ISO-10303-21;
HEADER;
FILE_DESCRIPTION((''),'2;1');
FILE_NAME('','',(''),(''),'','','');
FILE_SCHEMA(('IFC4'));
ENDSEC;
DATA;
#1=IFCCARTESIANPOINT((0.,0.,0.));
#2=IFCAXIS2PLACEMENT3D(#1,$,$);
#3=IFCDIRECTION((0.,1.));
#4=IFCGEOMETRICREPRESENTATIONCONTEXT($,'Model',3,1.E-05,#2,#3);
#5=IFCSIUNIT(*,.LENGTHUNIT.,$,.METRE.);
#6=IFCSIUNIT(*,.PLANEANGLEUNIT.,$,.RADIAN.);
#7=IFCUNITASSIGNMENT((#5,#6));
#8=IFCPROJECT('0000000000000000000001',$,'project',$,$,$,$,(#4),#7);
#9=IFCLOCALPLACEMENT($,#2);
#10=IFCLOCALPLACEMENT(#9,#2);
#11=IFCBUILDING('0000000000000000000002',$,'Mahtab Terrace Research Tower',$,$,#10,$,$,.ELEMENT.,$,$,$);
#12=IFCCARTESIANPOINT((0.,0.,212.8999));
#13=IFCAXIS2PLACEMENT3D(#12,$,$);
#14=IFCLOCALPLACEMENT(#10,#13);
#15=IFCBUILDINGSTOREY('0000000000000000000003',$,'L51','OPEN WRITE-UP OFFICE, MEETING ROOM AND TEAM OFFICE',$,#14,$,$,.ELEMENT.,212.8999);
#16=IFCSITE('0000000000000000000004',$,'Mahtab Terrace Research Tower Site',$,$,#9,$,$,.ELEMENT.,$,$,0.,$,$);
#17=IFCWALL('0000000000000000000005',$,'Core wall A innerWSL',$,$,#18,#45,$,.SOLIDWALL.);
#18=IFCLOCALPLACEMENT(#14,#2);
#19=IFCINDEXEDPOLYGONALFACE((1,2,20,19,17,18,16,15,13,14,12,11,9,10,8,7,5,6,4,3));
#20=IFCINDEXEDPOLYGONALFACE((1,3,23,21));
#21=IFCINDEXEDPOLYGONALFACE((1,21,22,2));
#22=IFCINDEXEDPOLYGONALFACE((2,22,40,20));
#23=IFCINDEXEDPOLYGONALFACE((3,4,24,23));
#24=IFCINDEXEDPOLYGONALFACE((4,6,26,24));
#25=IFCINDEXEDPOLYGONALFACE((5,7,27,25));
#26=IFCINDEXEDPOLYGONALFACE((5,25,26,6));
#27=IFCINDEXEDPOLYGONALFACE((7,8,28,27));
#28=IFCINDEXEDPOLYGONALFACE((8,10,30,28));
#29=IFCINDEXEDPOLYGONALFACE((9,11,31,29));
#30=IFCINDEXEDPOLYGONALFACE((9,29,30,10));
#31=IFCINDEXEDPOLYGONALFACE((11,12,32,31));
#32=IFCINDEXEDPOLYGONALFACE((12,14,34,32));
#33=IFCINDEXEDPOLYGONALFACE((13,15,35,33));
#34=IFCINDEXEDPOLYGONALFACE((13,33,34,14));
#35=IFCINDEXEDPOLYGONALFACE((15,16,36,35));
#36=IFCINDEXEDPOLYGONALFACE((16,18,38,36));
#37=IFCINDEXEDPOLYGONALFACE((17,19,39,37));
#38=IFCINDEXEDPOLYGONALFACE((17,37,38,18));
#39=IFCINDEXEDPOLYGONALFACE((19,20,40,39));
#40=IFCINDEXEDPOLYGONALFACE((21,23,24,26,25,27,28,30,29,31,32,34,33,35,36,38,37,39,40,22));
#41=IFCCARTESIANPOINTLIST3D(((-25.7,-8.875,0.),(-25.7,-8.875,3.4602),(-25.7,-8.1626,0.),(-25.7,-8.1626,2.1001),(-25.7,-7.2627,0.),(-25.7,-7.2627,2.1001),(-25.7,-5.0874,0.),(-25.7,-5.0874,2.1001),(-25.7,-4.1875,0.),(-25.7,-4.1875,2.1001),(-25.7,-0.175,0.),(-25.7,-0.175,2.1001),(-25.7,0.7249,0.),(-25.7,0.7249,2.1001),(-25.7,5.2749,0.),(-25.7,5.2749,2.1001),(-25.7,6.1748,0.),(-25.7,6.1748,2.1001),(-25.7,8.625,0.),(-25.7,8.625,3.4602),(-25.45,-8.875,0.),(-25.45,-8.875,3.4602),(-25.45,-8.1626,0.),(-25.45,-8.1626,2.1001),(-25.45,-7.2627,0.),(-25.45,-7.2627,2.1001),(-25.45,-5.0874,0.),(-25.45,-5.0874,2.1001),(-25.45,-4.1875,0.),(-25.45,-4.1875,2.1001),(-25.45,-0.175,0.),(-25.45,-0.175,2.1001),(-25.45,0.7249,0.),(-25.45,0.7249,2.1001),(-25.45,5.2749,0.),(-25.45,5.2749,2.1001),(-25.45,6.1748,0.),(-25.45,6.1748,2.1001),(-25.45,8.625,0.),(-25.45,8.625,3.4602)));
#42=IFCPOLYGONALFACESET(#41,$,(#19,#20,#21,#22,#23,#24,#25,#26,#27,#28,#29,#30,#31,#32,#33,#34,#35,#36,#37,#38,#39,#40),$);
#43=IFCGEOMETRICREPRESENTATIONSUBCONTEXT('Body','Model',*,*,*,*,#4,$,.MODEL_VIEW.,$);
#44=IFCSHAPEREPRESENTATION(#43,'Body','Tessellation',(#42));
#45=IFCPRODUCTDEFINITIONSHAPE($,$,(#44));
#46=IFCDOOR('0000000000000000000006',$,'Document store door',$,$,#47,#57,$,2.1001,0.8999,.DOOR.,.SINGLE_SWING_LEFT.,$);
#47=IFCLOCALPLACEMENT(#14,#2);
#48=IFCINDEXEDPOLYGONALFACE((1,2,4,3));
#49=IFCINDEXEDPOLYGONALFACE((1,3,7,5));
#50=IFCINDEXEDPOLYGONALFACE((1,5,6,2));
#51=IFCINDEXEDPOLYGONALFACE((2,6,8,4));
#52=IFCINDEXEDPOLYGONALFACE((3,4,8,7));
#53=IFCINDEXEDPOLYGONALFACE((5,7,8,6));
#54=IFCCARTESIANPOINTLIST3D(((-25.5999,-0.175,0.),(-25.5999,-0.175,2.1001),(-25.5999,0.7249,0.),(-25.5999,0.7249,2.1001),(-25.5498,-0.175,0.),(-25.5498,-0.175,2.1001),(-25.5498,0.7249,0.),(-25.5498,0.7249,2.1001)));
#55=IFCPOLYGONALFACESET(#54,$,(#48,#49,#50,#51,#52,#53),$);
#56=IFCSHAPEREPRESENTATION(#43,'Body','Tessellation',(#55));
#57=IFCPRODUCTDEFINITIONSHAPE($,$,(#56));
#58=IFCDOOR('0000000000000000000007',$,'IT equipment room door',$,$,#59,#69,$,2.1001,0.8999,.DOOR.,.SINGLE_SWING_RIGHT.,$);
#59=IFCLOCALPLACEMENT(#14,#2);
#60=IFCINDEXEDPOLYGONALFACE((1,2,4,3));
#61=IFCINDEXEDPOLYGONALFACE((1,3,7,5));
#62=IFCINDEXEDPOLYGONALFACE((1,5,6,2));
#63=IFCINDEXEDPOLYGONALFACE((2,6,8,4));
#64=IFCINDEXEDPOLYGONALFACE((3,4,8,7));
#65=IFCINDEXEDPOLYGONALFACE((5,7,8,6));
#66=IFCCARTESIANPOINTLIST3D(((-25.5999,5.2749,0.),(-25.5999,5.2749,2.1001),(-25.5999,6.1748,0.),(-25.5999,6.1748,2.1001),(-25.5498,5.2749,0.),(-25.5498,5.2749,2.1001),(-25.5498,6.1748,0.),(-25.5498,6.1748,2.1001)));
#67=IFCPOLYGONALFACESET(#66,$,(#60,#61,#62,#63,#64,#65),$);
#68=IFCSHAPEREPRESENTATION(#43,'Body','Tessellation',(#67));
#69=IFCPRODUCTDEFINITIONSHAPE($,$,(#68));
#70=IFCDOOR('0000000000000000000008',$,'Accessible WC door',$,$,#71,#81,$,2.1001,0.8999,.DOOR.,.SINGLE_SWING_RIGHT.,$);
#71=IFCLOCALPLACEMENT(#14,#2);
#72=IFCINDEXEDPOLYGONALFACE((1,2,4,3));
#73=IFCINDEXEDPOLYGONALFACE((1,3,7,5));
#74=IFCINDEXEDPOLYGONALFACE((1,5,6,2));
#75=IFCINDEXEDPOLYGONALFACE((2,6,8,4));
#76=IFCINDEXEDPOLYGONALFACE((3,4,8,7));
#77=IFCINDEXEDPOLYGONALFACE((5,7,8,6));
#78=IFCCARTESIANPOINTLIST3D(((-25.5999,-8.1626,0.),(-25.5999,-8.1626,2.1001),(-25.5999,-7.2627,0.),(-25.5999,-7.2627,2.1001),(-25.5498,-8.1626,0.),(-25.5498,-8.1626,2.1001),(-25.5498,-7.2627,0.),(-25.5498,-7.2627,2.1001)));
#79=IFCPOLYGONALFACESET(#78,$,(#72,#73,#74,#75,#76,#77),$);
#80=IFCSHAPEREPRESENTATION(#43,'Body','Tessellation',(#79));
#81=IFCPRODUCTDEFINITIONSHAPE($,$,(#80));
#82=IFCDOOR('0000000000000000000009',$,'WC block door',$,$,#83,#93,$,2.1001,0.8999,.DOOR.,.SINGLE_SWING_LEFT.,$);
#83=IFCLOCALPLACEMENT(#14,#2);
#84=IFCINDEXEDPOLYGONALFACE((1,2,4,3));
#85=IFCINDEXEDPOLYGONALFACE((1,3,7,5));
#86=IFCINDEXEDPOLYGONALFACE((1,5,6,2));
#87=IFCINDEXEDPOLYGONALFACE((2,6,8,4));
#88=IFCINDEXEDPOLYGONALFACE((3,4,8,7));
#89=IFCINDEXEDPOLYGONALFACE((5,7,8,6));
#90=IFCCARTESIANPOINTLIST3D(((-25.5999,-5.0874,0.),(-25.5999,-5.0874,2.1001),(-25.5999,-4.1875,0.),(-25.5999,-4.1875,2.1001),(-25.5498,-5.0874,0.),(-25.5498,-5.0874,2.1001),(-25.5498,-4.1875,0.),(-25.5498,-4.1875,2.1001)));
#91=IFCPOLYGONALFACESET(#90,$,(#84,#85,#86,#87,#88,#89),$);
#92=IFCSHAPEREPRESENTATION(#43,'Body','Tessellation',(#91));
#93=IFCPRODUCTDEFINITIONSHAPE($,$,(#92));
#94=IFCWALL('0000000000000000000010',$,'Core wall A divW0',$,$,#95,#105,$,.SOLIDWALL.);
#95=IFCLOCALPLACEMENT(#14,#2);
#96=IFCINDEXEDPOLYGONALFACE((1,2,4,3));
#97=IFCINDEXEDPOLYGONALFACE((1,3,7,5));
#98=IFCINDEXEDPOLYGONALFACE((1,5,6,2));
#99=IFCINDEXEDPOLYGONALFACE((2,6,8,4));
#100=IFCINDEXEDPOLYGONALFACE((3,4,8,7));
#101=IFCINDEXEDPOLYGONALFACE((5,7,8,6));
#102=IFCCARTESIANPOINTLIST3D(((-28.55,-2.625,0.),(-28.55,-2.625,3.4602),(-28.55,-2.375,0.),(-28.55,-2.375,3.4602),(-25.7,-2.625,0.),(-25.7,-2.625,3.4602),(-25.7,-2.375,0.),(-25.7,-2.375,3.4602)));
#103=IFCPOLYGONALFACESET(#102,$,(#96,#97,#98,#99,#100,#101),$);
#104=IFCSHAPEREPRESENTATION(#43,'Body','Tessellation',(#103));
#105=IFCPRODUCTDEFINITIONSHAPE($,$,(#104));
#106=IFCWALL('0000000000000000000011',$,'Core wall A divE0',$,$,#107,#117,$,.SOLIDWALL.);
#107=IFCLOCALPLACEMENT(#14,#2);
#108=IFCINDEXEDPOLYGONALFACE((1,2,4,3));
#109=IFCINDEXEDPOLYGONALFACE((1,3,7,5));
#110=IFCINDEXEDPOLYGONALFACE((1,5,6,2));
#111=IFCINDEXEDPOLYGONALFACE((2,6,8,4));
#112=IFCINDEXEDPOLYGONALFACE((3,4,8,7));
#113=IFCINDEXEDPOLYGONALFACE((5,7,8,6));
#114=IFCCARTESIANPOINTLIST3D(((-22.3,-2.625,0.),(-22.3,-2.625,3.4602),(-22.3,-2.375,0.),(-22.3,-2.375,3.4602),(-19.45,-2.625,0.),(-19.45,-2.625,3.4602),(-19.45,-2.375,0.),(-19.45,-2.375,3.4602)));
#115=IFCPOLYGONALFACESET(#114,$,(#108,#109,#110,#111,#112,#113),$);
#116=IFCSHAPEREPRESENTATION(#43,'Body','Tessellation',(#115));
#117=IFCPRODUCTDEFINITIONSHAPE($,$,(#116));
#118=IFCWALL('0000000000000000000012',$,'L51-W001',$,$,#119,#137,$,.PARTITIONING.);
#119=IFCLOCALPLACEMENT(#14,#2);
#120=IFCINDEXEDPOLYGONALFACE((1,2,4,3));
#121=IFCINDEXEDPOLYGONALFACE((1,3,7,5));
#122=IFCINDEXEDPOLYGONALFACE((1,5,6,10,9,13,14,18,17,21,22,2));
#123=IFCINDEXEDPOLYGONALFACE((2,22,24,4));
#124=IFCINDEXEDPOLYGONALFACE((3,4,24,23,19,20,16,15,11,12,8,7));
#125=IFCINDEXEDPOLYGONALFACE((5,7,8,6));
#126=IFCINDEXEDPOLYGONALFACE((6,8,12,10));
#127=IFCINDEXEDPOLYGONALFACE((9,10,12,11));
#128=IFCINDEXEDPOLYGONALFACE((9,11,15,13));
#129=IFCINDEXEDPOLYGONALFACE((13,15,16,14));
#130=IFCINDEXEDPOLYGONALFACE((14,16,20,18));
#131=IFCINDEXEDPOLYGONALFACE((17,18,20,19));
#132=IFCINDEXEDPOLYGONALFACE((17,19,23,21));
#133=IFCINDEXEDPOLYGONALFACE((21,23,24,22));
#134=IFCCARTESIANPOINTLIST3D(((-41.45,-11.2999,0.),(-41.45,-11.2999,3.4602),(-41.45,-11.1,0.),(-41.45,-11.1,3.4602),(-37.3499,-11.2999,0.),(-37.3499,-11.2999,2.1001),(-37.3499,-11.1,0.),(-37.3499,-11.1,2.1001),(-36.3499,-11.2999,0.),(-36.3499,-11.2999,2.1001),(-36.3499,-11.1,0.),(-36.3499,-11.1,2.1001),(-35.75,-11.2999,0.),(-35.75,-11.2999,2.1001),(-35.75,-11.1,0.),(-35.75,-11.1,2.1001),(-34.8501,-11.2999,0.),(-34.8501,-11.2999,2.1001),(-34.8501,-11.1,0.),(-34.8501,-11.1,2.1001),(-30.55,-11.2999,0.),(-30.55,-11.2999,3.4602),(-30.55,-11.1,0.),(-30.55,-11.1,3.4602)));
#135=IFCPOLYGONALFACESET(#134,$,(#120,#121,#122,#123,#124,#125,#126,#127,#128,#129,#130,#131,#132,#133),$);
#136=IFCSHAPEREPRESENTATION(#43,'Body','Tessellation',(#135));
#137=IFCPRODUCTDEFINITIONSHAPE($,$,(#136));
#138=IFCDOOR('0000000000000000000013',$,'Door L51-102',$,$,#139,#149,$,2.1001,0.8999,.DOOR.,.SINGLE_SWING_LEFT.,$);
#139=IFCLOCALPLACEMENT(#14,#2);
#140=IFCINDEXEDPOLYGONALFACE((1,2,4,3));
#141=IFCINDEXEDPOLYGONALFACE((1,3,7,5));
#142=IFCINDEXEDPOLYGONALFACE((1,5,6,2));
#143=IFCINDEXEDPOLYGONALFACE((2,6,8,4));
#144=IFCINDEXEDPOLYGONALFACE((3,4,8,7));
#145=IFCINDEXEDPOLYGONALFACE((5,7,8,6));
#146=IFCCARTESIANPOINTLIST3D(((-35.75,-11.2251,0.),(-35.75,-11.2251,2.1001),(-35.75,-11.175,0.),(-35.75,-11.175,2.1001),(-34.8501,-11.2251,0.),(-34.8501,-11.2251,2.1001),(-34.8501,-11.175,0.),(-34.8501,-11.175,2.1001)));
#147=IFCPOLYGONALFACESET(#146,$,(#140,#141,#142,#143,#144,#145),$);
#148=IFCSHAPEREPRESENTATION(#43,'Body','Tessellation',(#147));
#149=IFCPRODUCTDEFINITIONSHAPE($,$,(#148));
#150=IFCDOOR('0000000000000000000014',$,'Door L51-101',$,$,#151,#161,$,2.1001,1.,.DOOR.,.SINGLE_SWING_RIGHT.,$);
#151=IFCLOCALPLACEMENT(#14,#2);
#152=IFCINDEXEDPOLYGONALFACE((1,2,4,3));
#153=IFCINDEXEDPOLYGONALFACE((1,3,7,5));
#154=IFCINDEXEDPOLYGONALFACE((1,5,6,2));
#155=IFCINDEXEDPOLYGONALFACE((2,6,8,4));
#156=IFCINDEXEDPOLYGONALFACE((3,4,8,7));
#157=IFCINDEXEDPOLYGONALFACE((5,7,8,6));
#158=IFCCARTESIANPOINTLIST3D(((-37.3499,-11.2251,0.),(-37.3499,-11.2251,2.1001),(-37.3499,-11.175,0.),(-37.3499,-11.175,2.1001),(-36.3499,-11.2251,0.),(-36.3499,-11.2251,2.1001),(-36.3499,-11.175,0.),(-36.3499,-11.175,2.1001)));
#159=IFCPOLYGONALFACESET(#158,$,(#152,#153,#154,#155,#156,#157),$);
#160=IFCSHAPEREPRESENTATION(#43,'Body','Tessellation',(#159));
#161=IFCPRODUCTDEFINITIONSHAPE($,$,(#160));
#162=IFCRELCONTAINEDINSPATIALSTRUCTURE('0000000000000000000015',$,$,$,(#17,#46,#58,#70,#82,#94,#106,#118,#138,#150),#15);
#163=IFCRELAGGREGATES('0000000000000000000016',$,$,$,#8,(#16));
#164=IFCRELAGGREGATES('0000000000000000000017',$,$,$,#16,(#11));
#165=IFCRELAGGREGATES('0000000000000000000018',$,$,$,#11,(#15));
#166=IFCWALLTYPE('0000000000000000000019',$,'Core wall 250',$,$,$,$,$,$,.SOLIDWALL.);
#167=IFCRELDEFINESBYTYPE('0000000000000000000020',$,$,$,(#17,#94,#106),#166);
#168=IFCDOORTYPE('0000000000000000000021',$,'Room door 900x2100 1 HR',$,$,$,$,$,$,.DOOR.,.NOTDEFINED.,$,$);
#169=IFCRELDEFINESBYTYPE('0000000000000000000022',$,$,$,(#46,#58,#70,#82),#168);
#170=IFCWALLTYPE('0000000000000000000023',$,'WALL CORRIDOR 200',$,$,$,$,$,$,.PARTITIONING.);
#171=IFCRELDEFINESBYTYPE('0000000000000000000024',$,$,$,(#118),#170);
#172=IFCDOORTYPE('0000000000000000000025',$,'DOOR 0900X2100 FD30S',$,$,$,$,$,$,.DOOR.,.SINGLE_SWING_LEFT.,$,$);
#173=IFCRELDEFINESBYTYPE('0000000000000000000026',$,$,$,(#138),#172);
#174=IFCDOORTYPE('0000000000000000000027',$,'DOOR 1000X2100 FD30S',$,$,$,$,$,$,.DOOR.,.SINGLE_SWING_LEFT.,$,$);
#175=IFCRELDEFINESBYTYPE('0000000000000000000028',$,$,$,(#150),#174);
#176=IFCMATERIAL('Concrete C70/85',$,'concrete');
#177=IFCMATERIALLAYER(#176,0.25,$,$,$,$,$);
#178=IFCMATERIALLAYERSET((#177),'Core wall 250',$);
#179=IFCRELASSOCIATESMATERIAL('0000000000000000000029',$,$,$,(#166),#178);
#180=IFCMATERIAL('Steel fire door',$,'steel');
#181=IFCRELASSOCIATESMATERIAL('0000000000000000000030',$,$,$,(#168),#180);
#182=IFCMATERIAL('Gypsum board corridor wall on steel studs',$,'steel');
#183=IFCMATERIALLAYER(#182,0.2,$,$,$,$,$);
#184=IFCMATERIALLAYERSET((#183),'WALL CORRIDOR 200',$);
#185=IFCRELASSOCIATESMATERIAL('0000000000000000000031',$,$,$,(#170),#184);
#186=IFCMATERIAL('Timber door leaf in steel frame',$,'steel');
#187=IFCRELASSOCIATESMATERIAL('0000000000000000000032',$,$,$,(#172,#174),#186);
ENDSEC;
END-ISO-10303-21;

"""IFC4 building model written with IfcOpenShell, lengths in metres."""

from ifc_helpers import new_model, si_unit, direction, frame, frame_2d, origin, place, context, subcontext, project, spatial, rectangle, extrude, material, layer, layer_set, type_object, element, fill, save


model = new_model("IFC4")

# Units and contexts
model_context = context("Model", 3, precision=1e-05, world=origin(), true_north=direction((0.0, 1.0)))
body_context = subcontext(model_context, "Body", "Model", "MODEL_VIEW")
ifc_project = project(units=[si_unit("LENGTHUNIT", "METRE"), si_unit("PLANEANGLEUNIT", "RADIAN")], contexts=[model_context])

# Site, building, storey
site_placement = place(None, origin())
site = spatial("IfcSite", under=ifc_project, at=site_placement, Name="Mahtab Terrace Research Tower Site", CompositionType="ELEMENT", RefElevation=0.0)
building_placement = place(site_placement, origin())
building = spatial("IfcBuilding", under=site, at=building_placement, Name="Mahtab Terrace Research Tower", CompositionType="ELEMENT")
storey_placement = place(building_placement, frame((0.0, 0.0, 212.8999)))
storey = spatial("IfcBuildingStorey", under=building, at=storey_placement, Name="L51", Description="OPEN WRITE-UP OFFICE, MEETING ROOM AND TEAM OFFICE", CompositionType="ELEMENT", Elevation=212.8999)

# Shared definitions
ifc_material_1 = material(Name="Concrete C70/85", Category="concrete")

# Shared definitions
ifc_layer_1 = layer(ifc_material_1, 0.25)
ifc_layer_set_1 = layer_set([ifc_layer_1], Name="Core wall 250")
wall_type_1 = type_object("IfcWallType", Name="Core wall 250", PredefinedType="SOLIDWALL", material=ifc_layer_set_1)

# Shared definitions
ifc_material_2 = material(Name="Steel fire door", Category="steel")

# Wall, openings, doors
wall_1_placement = place(storey_placement, frame((-25.575, -8.875, 0.0), z_axis=(0.0, 0.0, 1.0), x_axis=(0.0, 1.0, 0.0)))
wall_1 = element("IfcWall", 1, at=wall_1_placement, inside=storey, type_object=wall_type_1, Name="Core wall A innerWSL", PredefinedType="SOLIDWALL", context=body_context, shape_type="SweptSolid", body=[
    extrude(rectangle(XDim=17.5, YDim=0.25, at=frame_2d((8.75, 0.0))), origin(), (0.0, 0.0, 1.0), 3.4602),
])
opening_1_placement = place(wall_1_placement, frame((8.7, 0.0, 0.0)))
opening_1 = element("IfcOpeningElement", 2, at=opening_1_placement, cuts=wall_1, PredefinedType="OPENING", context=body_context, shape_type="SweptSolid", body=[
    extrude(rectangle(XDim=0.8999, YDim=2.1001, at=frame_2d((0.45, 1.05))), frame((0.0, 0.135, 0.0), z_axis=(0.0, -1.0, 0.0), x_axis=(1.0, 0.0, 0.0)), (0.0, 0.0, 1.0), 0.27),
])
opening_2_placement = place(wall_1_placement, frame((14.1499, 0.0, 0.0)))
opening_2 = element("IfcOpeningElement", 3, at=opening_2_placement, cuts=wall_1, PredefinedType="OPENING", context=body_context, shape_type="SweptSolid", body=[
    extrude(rectangle(XDim=0.8999, YDim=2.1001, at=frame_2d((0.45, 1.05))), frame((0.0, 0.135, 0.0), z_axis=(0.0, -1.0, 0.0), x_axis=(1.0, 0.0, 0.0)), (0.0, 0.0, 1.0), 0.27),
])
opening_3_placement = place(wall_1_placement, frame((0.7124, 0.0, 0.0)))
opening_3 = element("IfcOpeningElement", 4, at=opening_3_placement, cuts=wall_1, PredefinedType="OPENING", context=body_context, shape_type="SweptSolid", body=[
    extrude(rectangle(XDim=0.8999, YDim=2.1001, at=frame_2d((0.45, 1.05))), frame((0.0, 0.135, 0.0), z_axis=(0.0, -1.0, 0.0), x_axis=(1.0, 0.0, 0.0)), (0.0, 0.0, 1.0), 0.27),
])
opening_4_placement = place(wall_1_placement, frame((3.7876, 0.0, 0.0)))
opening_4 = element("IfcOpeningElement", 5, at=opening_4_placement, cuts=wall_1, PredefinedType="OPENING", context=body_context, shape_type="SweptSolid", body=[
    extrude(rectangle(XDim=0.8999, YDim=2.1001, at=frame_2d((0.45, 1.05))), frame((0.0, 0.135, 0.0), z_axis=(0.0, -1.0, 0.0), x_axis=(1.0, 0.0, 0.0)), (0.0, 0.0, 1.0), 0.27),
])
door_type_1 = type_object("IfcDoorType", Name="Room door 900x2100 1 HR", OperationType="NOTDEFINED", PredefinedType="DOOR", material=ifc_material_2)
door_1_placement = place(opening_1_placement, origin())
door_1 = element("IfcDoor", 6, at=door_1_placement, inside=storey, type_object=door_type_1, Name="Document store door", OperationType="SINGLE_SWING_LEFT", OverallHeight=2.1001, OverallWidth=0.8999, PredefinedType="DOOR", context=body_context, shape_type="SweptSolid", body=[
    extrude(rectangle(XDim=0.8999, YDim=2.1001, at=frame_2d((0.45, 1.05))), frame((0.0, 0.0249, 0.0), z_axis=(0.0, -1.0, 0.0), x_axis=(1.0, 0.0, 0.0)), (0.0, 0.0, 1.0), 0.05),
])
fill(opening_1, door_1)
door_2_placement = place(opening_2_placement, origin())
door_2 = element("IfcDoor", 7, at=door_2_placement, inside=storey, type_object=door_type_1, Name="IT equipment room door", OperationType="SINGLE_SWING_RIGHT", OverallHeight=2.1001, OverallWidth=0.8999, PredefinedType="DOOR", context=body_context, shape_type="SweptSolid", body=[
    extrude(rectangle(XDim=0.8999, YDim=2.1001, at=frame_2d((0.45, 1.05))), frame((0.0, 0.0249, 0.0), z_axis=(0.0, -1.0, 0.0), x_axis=(1.0, 0.0, 0.0)), (0.0, 0.0, 1.0), 0.05),
])
fill(opening_2, door_2)
door_3_placement = place(opening_3_placement, origin())
door_3 = element("IfcDoor", 8, at=door_3_placement, inside=storey, type_object=door_type_1, Name="Accessible WC door", OperationType="SINGLE_SWING_RIGHT", OverallHeight=2.1001, OverallWidth=0.8999, PredefinedType="DOOR", context=body_context, shape_type="SweptSolid", body=[
    extrude(rectangle(XDim=0.8999, YDim=2.1001, at=frame_2d((0.45, 1.05))), frame((0.0, 0.0249, 0.0), z_axis=(0.0, -1.0, 0.0), x_axis=(1.0, 0.0, 0.0)), (0.0, 0.0, 1.0), 0.05),
])
fill(opening_3, door_3)
door_4_placement = place(opening_4_placement, origin())
door_4 = element("IfcDoor", 9, at=door_4_placement, inside=storey, type_object=door_type_1, Name="WC block door", OperationType="SINGLE_SWING_LEFT", OverallHeight=2.1001, OverallWidth=0.8999, PredefinedType="DOOR", context=body_context, shape_type="SweptSolid", body=[
    extrude(rectangle(XDim=0.8999, YDim=2.1001, at=frame_2d((0.45, 1.05))), frame((0.0, 0.0249, 0.0), z_axis=(0.0, -1.0, 0.0), x_axis=(1.0, 0.0, 0.0)), (0.0, 0.0, 1.0), 0.05),
])
fill(opening_4, door_4)

# Walls
for number, where, z_axis, x_axis, name in (
    (10, (-28.55, -2.5, 0.0), (0.0, 0.0, 1.0), (1.0, 0.0, 0.0), "Core wall A divW0"),
    (11, (-22.3, -2.5, 0.0), (0.0, 0.0, 1.0), (1.0, 0.0, 0.0), "Core wall A divE0"),
):
    element("IfcWall", number, at=place(storey_placement, frame(where, z_axis=z_axis, x_axis=x_axis)), inside=storey, type_object=wall_type_1, Name=name, PredefinedType="SOLIDWALL", context=body_context, shape_type="SweptSolid", body=[
        extrude(rectangle(XDim=2.8501, YDim=0.25, at=frame_2d((1.425, 0.0))), origin(), (0.0, 0.0, 1.0), 3.4602),
    ])

# Wall, openings, doors
ifc_material_3 = material(Name="Gypsum board corridor wall on steel studs", Category="steel")
ifc_layer_2 = layer(ifc_material_3, 0.2)
ifc_layer_set_2 = layer_set([ifc_layer_2], Name="WALL CORRIDOR 200")
wall_type_2 = type_object("IfcWallType", Name="WALL CORRIDOR 200", PredefinedType="PARTITIONING", material=ifc_layer_set_2)
wall_2_placement = place(storey_placement, frame((-41.45, -11.2, 0.0), z_axis=(0.0, 0.0, 1.0), x_axis=(1.0, 0.0, 0.0)))
wall_2 = element("IfcWall", 12, at=wall_2_placement, inside=storey, type_object=wall_type_2, Name="L51-W001", PredefinedType="PARTITIONING", context=body_context, shape_type="SweptSolid", body=[
    extrude(rectangle(XDim=10.8999, YDim=0.2, at=frame_2d((5.45, 0.0))), origin(), (0.0, 0.0, 1.0), 3.4602),
])
opening_5_placement = place(wall_2_placement, frame((4.1001, 0.0, 0.0)))
opening_5 = element("IfcOpeningElement", 13, at=opening_5_placement, cuts=wall_2, PredefinedType="OPENING", context=body_context, shape_type="SweptSolid", body=[
    extrude(rectangle(XDim=1.0, YDim=2.1001, at=frame_2d((0.5, 1.05))), frame((0.0, 0.1099, 0.0), z_axis=(0.0, -1.0, 0.0), x_axis=(1.0, 0.0, 0.0)), (0.0, 0.0, 1.0), 0.22),
])
opening_6_placement = place(wall_2_placement, frame((5.7, 0.0, 0.0)))
opening_6 = element("IfcOpeningElement", 14, at=opening_6_placement, cuts=wall_2, PredefinedType="OPENING", context=body_context, shape_type="SweptSolid", body=[
    extrude(rectangle(XDim=0.8999, YDim=2.1001, at=frame_2d((0.45, 1.05))), frame((0.0, 0.1099, 0.0), z_axis=(0.0, -1.0, 0.0), x_axis=(1.0, 0.0, 0.0)), (0.0, 0.0, 1.0), 0.22),
])
ifc_material_4 = material(Name="Timber door leaf in steel frame", Category="steel")
door_type_2 = type_object("IfcDoorType", Name="DOOR 0900X2100 FD30S", OperationType="SINGLE_SWING_LEFT", PredefinedType="DOOR", material=ifc_material_4)
door_5_placement = place(opening_6_placement, origin())
door_5 = element("IfcDoor", 15, at=door_5_placement, inside=storey, type_object=door_type_2, Name="Door L51-102", OperationType="SINGLE_SWING_LEFT", OverallHeight=2.1001, OverallWidth=0.8999, PredefinedType="DOOR", context=body_context, shape_type="SweptSolid", body=[
    extrude(rectangle(XDim=0.8999, YDim=2.1001, at=frame_2d((0.45, 1.05))), frame((0.0, 0.0249, 0.0), z_axis=(0.0, -1.0, 0.0), x_axis=(1.0, 0.0, 0.0)), (0.0, 0.0, 1.0), 0.05),
])
fill(opening_6, door_5)
door_type_3 = type_object("IfcDoorType", Name="DOOR 1000X2100 FD30S", OperationType="SINGLE_SWING_LEFT", PredefinedType="DOOR", material=ifc_material_4)
door_6_placement = place(opening_5_placement, origin())
door_6 = element("IfcDoor", 16, at=door_6_placement, inside=storey, type_object=door_type_3, Name="Door L51-101", OperationType="SINGLE_SWING_RIGHT", OverallHeight=2.1001, OverallWidth=1.0, PredefinedType="DOOR", context=body_context, shape_type="SweptSolid", body=[
    extrude(rectangle(XDim=1.0, YDim=2.1001, at=frame_2d((0.5, 1.05))), frame((0.0, 0.0249, 0.0), z_axis=(0.0, -1.0, 0.0), x_axis=(1.0, 0.0, 0.0)), (0.0, 0.0, 1.0), 0.05),
])
fill(opening_5, door_6)

save(model, "model.ifc")
